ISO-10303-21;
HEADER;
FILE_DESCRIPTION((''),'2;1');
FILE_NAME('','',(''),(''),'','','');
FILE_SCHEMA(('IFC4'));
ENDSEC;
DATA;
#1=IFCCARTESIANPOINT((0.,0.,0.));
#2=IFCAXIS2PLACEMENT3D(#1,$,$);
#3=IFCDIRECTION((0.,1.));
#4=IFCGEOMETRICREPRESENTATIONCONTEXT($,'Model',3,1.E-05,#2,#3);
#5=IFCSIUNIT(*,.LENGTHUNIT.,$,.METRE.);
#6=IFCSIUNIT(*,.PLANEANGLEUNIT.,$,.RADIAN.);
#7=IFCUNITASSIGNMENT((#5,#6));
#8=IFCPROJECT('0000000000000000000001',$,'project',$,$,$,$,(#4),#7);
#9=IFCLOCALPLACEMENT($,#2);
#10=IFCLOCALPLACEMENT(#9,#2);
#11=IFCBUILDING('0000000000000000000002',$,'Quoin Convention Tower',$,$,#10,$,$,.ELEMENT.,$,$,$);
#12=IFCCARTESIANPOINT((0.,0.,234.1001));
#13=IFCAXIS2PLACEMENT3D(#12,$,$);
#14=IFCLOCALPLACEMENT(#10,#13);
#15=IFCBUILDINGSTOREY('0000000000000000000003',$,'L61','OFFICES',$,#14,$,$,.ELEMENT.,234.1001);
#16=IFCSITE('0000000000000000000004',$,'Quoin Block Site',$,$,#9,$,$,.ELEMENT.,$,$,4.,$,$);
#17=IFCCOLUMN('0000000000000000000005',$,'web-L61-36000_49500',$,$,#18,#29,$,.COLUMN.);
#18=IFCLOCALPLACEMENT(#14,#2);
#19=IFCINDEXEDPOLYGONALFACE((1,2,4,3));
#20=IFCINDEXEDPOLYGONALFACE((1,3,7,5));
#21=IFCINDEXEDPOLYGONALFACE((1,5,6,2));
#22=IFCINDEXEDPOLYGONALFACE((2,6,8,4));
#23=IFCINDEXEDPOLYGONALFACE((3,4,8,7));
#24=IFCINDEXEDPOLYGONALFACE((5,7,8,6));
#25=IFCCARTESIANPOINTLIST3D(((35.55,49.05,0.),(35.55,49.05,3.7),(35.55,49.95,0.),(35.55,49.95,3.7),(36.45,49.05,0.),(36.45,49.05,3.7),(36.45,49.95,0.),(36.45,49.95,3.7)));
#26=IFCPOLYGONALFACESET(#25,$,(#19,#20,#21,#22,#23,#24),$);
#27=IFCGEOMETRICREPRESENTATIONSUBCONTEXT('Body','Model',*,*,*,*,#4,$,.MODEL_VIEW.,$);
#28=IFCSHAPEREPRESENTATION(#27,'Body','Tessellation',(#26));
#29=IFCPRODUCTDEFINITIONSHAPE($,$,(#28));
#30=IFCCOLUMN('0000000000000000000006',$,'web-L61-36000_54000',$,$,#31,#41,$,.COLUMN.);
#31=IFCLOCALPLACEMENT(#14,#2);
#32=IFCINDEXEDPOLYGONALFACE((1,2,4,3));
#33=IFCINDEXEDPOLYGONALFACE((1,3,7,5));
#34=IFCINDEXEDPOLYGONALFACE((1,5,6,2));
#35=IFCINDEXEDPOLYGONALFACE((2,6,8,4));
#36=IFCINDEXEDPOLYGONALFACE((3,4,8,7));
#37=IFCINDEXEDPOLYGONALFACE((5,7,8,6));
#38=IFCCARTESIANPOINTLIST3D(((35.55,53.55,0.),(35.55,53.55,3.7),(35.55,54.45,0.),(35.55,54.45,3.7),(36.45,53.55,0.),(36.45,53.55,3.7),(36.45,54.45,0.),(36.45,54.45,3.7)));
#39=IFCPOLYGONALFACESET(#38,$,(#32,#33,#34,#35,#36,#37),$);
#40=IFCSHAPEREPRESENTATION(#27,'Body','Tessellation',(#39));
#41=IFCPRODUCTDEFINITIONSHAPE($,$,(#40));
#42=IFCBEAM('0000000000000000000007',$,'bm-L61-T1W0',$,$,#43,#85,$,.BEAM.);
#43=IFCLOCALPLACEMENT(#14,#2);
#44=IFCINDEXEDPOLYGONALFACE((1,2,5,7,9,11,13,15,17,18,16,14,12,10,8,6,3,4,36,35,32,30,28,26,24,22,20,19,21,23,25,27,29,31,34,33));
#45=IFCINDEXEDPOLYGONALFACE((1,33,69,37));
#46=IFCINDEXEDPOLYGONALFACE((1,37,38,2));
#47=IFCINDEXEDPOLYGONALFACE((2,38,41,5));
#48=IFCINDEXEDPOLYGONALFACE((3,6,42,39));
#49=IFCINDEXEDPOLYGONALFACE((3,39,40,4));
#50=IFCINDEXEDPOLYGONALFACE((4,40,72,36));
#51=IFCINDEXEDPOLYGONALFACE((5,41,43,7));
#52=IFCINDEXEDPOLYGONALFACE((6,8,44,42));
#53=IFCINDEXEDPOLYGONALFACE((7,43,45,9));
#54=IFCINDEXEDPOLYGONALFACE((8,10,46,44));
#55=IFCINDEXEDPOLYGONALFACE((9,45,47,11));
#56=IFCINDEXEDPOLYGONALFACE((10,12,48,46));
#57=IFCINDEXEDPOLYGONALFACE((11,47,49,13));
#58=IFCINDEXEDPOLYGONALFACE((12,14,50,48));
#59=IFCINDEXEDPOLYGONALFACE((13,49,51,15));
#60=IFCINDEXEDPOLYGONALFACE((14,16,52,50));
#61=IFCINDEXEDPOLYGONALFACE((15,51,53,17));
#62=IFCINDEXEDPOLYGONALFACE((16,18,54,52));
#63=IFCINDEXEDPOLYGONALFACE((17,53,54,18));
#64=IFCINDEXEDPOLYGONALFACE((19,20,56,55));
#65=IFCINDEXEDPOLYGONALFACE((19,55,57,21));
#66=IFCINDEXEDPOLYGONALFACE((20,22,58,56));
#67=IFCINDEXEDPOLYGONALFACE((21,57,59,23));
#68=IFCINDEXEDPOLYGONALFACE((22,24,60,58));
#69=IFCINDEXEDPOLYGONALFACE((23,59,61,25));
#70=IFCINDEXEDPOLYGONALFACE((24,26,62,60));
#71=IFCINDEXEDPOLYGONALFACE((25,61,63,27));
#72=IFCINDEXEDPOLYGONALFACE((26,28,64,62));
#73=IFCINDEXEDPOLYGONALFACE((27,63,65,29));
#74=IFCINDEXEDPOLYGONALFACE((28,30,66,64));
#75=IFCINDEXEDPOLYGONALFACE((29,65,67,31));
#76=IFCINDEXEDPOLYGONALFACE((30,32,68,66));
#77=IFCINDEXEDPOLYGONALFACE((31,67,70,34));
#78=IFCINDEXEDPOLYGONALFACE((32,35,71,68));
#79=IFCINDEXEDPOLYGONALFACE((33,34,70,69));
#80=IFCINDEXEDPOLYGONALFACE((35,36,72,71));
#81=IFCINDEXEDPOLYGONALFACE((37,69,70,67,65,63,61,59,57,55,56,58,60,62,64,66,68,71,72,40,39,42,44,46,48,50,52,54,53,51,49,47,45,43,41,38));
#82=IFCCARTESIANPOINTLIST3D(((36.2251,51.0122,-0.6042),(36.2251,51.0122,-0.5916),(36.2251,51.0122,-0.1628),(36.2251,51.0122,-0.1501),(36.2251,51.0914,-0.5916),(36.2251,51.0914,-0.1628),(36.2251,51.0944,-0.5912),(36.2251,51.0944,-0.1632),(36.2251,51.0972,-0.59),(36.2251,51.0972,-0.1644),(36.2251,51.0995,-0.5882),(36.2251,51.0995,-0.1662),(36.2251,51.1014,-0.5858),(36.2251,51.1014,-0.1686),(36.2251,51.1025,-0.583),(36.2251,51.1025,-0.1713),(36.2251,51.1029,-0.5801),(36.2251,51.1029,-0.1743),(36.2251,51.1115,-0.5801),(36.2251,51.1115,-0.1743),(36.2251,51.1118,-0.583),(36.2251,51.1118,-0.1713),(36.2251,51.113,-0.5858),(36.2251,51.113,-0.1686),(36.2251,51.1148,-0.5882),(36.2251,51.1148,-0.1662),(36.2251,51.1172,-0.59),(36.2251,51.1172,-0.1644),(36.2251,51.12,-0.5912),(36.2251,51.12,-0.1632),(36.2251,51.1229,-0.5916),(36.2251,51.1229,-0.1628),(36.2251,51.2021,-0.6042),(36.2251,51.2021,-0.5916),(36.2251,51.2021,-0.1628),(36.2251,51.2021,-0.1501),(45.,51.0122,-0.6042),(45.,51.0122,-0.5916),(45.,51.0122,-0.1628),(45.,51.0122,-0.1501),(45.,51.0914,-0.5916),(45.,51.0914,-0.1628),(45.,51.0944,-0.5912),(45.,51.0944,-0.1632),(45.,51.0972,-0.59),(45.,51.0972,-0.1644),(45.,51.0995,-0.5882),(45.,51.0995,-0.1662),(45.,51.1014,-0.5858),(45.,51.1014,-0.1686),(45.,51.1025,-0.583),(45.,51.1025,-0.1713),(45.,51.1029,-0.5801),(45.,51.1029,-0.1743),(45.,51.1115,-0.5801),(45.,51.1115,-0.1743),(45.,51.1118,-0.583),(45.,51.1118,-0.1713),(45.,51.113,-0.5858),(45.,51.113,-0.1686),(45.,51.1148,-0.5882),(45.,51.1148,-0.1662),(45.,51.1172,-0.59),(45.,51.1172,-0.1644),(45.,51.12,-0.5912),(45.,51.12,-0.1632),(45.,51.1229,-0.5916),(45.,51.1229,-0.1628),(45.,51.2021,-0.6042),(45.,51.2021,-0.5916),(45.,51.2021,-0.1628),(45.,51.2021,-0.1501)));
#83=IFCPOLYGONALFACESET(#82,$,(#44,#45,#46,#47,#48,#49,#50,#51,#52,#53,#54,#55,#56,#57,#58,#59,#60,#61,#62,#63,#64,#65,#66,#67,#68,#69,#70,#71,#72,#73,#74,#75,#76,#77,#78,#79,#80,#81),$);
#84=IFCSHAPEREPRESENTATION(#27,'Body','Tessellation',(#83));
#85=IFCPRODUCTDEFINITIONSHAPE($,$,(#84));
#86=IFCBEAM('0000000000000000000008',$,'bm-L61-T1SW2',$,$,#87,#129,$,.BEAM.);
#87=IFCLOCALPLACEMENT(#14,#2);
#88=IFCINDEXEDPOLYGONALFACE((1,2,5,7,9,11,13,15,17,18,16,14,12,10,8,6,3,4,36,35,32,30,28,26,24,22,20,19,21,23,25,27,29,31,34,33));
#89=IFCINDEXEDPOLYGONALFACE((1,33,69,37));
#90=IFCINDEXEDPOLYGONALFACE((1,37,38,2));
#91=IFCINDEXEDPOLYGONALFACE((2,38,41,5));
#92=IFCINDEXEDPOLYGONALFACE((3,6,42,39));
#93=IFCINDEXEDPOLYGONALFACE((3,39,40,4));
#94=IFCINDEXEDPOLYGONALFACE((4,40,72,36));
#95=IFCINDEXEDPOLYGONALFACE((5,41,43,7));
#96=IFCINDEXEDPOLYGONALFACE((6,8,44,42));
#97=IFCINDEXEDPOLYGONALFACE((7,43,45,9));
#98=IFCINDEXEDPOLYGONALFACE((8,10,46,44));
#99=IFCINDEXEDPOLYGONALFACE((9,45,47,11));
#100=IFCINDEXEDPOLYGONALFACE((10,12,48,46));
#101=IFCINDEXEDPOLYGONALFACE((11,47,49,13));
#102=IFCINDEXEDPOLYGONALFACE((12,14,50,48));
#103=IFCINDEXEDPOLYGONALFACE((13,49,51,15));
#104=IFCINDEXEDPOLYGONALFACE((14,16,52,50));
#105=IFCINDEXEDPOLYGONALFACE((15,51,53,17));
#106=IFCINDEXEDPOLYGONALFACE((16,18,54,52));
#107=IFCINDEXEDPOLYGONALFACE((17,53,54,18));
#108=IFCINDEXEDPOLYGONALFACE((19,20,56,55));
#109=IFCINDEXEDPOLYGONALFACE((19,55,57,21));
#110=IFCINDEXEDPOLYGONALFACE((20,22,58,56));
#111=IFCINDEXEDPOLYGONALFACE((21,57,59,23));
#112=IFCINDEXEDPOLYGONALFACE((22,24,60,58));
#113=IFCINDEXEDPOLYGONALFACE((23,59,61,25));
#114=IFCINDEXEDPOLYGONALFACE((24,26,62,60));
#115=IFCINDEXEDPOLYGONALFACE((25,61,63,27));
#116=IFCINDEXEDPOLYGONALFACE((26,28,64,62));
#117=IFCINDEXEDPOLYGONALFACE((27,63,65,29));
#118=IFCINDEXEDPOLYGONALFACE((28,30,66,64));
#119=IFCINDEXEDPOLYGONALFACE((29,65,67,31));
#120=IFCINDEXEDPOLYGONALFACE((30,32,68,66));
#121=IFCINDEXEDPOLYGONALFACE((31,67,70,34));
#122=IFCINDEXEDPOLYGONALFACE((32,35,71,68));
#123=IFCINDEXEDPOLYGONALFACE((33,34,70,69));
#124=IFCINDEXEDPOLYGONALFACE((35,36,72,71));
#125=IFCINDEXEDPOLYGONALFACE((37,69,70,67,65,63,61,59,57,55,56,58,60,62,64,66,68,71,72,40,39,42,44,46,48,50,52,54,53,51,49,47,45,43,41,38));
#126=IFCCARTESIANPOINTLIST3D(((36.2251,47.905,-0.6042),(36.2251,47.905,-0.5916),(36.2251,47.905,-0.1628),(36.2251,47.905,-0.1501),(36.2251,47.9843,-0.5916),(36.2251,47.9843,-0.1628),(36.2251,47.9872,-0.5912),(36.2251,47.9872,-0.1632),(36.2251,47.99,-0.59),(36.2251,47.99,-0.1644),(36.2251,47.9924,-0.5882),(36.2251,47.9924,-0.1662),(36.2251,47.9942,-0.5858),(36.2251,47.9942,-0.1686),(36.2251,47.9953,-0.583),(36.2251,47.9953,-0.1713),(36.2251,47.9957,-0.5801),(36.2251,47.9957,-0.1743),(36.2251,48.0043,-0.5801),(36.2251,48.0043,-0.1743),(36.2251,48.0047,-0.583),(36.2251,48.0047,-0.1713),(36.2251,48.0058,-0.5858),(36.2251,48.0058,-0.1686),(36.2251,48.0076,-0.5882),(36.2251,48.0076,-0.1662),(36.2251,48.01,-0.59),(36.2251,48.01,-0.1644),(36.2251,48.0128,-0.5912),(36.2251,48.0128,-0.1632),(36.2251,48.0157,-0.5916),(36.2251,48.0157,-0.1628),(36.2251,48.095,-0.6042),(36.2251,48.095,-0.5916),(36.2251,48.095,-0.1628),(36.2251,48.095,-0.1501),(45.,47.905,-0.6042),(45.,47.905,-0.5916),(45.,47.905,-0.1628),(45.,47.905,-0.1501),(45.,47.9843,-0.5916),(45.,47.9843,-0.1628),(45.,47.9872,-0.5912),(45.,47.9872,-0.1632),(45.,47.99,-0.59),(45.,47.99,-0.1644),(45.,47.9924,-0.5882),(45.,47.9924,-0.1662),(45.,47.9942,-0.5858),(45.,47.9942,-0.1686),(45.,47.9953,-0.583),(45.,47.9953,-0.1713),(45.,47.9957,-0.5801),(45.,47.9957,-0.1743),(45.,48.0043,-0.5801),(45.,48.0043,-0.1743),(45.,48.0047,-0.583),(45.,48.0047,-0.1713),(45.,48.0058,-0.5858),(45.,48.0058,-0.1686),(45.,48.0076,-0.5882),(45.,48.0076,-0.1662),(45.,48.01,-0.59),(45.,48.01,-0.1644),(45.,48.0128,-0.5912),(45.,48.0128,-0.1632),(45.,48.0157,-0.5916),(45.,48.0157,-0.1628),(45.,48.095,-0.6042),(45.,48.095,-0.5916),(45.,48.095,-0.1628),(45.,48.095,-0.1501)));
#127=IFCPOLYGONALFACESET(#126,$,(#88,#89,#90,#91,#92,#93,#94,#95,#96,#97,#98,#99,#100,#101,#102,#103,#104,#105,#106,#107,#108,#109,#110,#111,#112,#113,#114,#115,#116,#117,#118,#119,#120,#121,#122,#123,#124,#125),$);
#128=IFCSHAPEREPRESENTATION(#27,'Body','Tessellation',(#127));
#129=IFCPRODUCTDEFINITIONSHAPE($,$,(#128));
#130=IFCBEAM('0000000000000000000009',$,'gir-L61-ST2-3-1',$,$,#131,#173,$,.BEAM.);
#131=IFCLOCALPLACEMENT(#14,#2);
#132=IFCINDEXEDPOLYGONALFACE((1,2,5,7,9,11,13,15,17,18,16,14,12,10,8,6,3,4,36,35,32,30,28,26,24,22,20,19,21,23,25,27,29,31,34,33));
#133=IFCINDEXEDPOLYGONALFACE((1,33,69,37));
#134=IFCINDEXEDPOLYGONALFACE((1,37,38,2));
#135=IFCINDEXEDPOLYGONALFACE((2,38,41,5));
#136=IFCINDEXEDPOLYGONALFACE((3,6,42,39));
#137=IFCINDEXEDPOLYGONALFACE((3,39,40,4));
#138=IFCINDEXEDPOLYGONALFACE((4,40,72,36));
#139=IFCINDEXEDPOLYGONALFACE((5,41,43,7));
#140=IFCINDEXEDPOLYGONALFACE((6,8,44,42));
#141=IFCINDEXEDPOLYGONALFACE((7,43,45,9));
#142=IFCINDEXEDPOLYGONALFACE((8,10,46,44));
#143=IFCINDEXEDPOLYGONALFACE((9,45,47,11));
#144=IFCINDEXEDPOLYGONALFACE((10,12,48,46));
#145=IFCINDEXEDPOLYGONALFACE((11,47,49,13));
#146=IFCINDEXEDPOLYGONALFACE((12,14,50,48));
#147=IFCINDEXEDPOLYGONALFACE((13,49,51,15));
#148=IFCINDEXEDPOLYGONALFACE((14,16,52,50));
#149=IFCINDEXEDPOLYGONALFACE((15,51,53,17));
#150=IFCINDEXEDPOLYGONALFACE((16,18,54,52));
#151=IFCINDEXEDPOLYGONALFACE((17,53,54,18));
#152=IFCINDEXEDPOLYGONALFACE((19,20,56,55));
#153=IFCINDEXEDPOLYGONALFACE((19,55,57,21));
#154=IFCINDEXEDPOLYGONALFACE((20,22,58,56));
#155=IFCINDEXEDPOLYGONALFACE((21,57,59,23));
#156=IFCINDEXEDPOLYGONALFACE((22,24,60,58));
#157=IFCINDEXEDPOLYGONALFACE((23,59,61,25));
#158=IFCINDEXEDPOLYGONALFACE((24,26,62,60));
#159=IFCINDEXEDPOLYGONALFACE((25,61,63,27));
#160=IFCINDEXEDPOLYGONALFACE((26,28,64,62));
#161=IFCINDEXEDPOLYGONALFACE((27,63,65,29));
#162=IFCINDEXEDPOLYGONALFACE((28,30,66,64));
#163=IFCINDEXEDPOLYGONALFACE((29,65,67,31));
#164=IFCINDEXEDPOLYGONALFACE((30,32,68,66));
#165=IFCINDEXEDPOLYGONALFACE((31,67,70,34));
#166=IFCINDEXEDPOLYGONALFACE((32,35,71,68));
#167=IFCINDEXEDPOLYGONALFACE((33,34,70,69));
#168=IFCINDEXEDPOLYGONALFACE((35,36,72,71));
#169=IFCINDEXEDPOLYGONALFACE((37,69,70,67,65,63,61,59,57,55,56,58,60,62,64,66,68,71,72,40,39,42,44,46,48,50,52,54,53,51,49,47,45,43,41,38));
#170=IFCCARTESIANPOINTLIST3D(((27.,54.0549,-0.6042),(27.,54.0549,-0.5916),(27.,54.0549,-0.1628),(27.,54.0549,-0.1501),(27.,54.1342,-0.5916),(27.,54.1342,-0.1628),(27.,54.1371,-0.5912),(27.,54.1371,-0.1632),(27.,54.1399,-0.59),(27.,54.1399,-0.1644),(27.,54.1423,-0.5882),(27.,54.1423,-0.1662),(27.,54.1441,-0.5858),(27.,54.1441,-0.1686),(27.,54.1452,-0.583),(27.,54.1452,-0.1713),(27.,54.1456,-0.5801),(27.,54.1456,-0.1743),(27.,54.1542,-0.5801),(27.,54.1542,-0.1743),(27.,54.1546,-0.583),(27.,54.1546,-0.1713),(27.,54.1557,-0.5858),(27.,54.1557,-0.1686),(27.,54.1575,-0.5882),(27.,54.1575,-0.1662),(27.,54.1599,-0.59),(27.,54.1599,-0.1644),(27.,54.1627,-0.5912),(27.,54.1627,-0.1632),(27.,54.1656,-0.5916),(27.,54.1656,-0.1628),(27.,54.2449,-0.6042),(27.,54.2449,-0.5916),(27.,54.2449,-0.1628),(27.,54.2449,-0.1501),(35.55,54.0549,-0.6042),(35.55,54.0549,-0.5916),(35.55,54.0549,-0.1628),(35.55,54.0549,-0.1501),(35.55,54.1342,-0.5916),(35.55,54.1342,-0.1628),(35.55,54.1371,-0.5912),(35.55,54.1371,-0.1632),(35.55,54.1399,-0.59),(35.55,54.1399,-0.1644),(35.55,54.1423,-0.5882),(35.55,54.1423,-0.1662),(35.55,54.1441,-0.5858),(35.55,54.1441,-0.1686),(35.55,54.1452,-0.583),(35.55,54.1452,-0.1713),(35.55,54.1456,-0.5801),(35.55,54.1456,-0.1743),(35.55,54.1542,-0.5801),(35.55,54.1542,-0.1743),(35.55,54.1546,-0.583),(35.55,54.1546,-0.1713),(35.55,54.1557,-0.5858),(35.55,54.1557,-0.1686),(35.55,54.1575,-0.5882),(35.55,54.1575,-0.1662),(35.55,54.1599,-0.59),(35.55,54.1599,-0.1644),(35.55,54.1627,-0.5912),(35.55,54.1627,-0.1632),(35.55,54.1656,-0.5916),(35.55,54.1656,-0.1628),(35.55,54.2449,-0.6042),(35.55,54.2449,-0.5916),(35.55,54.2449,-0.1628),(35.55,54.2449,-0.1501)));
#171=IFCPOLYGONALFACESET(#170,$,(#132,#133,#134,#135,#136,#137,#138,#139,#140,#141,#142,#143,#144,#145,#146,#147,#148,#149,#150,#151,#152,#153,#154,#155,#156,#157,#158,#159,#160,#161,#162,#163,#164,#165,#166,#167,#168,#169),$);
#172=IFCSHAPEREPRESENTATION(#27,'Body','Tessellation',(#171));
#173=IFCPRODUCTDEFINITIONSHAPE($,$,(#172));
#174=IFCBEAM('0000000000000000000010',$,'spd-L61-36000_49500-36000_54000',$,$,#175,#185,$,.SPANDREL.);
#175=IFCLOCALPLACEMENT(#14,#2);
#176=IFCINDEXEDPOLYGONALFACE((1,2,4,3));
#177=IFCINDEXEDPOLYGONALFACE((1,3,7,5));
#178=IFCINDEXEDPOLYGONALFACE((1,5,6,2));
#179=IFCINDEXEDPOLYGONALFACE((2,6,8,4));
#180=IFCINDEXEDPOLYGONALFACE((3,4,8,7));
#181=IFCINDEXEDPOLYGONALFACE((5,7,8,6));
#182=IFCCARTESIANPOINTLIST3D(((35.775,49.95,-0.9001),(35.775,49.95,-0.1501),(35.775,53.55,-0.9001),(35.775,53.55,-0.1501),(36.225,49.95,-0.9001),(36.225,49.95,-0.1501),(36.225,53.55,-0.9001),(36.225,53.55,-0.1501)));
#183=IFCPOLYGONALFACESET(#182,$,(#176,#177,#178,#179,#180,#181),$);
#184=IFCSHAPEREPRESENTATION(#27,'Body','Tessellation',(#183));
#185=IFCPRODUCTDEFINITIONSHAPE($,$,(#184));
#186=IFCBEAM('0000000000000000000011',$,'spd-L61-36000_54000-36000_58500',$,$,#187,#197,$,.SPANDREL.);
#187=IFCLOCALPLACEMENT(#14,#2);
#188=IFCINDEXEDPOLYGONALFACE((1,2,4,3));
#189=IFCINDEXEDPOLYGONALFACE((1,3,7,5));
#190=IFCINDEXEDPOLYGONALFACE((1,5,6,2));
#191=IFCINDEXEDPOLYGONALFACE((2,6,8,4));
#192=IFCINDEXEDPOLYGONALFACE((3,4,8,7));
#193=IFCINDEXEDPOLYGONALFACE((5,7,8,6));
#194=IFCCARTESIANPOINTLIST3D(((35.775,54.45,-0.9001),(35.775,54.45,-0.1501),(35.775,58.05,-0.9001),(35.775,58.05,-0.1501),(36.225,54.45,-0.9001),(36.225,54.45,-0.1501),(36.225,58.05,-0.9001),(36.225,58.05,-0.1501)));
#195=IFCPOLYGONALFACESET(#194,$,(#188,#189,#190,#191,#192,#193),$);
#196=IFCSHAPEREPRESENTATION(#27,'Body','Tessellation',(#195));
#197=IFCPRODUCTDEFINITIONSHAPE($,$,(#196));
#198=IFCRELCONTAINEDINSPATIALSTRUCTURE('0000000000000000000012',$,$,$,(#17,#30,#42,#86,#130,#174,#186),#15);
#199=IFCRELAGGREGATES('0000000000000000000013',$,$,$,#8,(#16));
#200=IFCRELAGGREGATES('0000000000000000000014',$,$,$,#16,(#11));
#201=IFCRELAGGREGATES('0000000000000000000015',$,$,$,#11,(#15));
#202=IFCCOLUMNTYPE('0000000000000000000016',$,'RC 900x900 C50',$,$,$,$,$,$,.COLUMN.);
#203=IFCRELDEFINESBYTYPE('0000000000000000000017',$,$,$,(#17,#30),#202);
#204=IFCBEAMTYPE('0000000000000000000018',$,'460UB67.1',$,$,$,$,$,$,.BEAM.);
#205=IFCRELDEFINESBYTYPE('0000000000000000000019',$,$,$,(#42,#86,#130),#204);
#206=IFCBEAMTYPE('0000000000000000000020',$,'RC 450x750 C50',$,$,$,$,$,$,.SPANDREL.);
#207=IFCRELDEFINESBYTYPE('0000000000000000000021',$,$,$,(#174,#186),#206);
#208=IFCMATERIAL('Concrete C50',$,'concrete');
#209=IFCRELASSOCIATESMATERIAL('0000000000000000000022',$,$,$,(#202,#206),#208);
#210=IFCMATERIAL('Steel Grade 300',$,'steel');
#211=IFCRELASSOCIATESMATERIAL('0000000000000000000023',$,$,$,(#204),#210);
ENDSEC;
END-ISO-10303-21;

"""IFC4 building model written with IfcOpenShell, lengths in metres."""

from ifc_helpers import new_model, si_unit, direction, frame, origin, origin_2d, place, context, subcontext, project, spatial, rectangle, i_section, extrude, material, material_profile, profile_set, type_object, element, save


model = new_model("IFC4")

# Units and contexts
model_context = context("Model", 3, precision=1e-05, world=origin(), true_north=direction((0.0, 1.0)))
body_context = subcontext(model_context, "Body", "Model", "MODEL_VIEW")
ifc_project = project(units=[si_unit("LENGTHUNIT", "METRE"), si_unit("PLANEANGLEUNIT", "RADIAN")], contexts=[model_context])

# Site, building, storey
site_placement = place(None, origin())
site = spatial("IfcSite", under=ifc_project, at=site_placement, Name="Quoin Block Site", CompositionType="ELEMENT", RefElevation=4.0)
building_placement = place(site_placement, origin())
building = spatial("IfcBuilding", under=site, at=building_placement, Name="Quoin Convention Tower", CompositionType="ELEMENT")
storey_placement = place(building_placement, frame((0.0, 0.0, 234.1001)))
storey = spatial("IfcBuildingStorey", under=building, at=storey_placement, Name="L61", Description="OFFICES", CompositionType="ELEMENT", Elevation=234.1001)

# Columns
ifc_material_1 = material(Name="Concrete C50", Category="concrete")
ifc_material_profile_1 = material_profile(ifc_material_1, rectangle(XDim=0.8999, YDim=0.8999, at=origin_2d()), Name="RC 900x900")
ifc_profile_set_1 = profile_set([ifc_material_profile_1], Name="Concrete C50")
column_type = type_object("IfcColumnType", Name="RC 900x900 C50", PredefinedType="COLUMN", material=ifc_profile_set_1)
for number, where, z_axis, x_axis, name in (
    (1, (36.0, 49.5, 0.0), (0.0, 0.0, 1.0), (1.0, 0.0, 0.0), "web-L61-36000_49500"),
    (2, (36.0, 54.0, 0.0), (0.0, 0.0, 1.0), (1.0, 0.0, 0.0), "web-L61-36000_54000"),
):
    element("IfcColumn", number, at=place(storey_placement, frame(where, z_axis=z_axis, x_axis=x_axis)), inside=storey, type_object=column_type, Name=name, PredefinedType="COLUMN", context=body_context, shape_type="SweptSolid", body=[
        extrude(rectangle(XDim=0.8999, YDim=0.8999, at=origin_2d()), origin(), (0.0, 0.0, 1.0), 3.7),
    ])

# Beams
ifc_material_2 = material(Name="Steel Grade 300", Category="steel")
ifc_material_profile_2 = material_profile(ifc_material_2, i_section(OverallWidth=0.1899, OverallDepth=0.4541, WebThickness=0.0085, FlangeThickness=0.0127, FilletRadius=0.0115, at=origin_2d()), Name="460UB67.1")
ifc_profile_set_2 = profile_set([ifc_material_profile_2], Name="Steel Grade 300")
beam_type_1 = type_object("IfcBeamType", Name="460UB67.1", PredefinedType="BEAM", material=ifc_profile_set_2)
for number, where, z_axis, x_axis, name in (
    (3, (36.2251, 51.1072, -0.3772), (1.0, 0.0, 0.0), (0.0, 1.0, 0.0), "bm-L61-T1W0"),
    (4, (36.2251, 48.0, -0.3772), (1.0, 0.0, 0.0), (0.0, 1.0, 0.0), "bm-L61-T1SW2"),
):
    element("IfcBeam", number, at=place(storey_placement, frame(where, z_axis=z_axis, x_axis=x_axis)), inside=storey, type_object=beam_type_1, Name=name, PredefinedType="BEAM", context=body_context, shape_type="SweptSolid", body=[
        extrude(i_section(OverallWidth=0.1899, OverallDepth=0.4541, WebThickness=0.0085, FlangeThickness=0.0127, FilletRadius=0.0115, at=origin_2d()), origin(), (0.0, 0.0, 1.0), 8.7749),
    ])
beam_placement = place(storey_placement, frame((27.0, 54.1499, -0.3772), z_axis=(1.0, 0.0, 0.0), x_axis=(0.0, 1.0, 0.0)))
element("IfcBeam", 5, at=beam_placement, inside=storey, type_object=beam_type_1, Name="gir-L61-ST2-3-1", PredefinedType="BEAM", context=body_context, shape_type="SweptSolid", body=[
    extrude(i_section(OverallWidth=0.1899, OverallDepth=0.4541, WebThickness=0.0085, FlangeThickness=0.0127, FilletRadius=0.0115, at=origin_2d()), origin(), (0.0, 0.0, 1.0), 8.55),
])
ifc_material_profile_3 = material_profile(ifc_material_1, rectangle(XDim=0.45, YDim=0.75, at=origin_2d()), Name="RC 450x750")
ifc_profile_set_3 = profile_set([ifc_material_profile_3], Name="Concrete C50")
beam_type_2 = type_object("IfcBeamType", Name="RC 450x750 C50", PredefinedType="SPANDREL", material=ifc_profile_set_3)
for number, where, z_axis, x_axis, name in (
    (6, (36.0, 49.95, -0.5251), (0.0, 1.0, 0.0), (-1.0, 0.0, 0.0), "spd-L61-36000_49500-36000_54000"),
    (7, (36.0, 54.45, -0.5251), (0.0, 1.0, 0.0), (-1.0, 0.0, 0.0), "spd-L61-36000_54000-36000_58500"),
):
    element("IfcBeam", number, at=place(storey_placement, frame(where, z_axis=z_axis, x_axis=x_axis)), inside=storey, type_object=beam_type_2, Name=name, PredefinedType="SPANDREL", context=body_context, shape_type="SweptSolid", body=[
        extrude(rectangle(XDim=0.45, YDim=0.75, at=origin_2d()), origin(), (0.0, 0.0, 1.0), 3.6001),
    ])

save(model, "model.ifc")
